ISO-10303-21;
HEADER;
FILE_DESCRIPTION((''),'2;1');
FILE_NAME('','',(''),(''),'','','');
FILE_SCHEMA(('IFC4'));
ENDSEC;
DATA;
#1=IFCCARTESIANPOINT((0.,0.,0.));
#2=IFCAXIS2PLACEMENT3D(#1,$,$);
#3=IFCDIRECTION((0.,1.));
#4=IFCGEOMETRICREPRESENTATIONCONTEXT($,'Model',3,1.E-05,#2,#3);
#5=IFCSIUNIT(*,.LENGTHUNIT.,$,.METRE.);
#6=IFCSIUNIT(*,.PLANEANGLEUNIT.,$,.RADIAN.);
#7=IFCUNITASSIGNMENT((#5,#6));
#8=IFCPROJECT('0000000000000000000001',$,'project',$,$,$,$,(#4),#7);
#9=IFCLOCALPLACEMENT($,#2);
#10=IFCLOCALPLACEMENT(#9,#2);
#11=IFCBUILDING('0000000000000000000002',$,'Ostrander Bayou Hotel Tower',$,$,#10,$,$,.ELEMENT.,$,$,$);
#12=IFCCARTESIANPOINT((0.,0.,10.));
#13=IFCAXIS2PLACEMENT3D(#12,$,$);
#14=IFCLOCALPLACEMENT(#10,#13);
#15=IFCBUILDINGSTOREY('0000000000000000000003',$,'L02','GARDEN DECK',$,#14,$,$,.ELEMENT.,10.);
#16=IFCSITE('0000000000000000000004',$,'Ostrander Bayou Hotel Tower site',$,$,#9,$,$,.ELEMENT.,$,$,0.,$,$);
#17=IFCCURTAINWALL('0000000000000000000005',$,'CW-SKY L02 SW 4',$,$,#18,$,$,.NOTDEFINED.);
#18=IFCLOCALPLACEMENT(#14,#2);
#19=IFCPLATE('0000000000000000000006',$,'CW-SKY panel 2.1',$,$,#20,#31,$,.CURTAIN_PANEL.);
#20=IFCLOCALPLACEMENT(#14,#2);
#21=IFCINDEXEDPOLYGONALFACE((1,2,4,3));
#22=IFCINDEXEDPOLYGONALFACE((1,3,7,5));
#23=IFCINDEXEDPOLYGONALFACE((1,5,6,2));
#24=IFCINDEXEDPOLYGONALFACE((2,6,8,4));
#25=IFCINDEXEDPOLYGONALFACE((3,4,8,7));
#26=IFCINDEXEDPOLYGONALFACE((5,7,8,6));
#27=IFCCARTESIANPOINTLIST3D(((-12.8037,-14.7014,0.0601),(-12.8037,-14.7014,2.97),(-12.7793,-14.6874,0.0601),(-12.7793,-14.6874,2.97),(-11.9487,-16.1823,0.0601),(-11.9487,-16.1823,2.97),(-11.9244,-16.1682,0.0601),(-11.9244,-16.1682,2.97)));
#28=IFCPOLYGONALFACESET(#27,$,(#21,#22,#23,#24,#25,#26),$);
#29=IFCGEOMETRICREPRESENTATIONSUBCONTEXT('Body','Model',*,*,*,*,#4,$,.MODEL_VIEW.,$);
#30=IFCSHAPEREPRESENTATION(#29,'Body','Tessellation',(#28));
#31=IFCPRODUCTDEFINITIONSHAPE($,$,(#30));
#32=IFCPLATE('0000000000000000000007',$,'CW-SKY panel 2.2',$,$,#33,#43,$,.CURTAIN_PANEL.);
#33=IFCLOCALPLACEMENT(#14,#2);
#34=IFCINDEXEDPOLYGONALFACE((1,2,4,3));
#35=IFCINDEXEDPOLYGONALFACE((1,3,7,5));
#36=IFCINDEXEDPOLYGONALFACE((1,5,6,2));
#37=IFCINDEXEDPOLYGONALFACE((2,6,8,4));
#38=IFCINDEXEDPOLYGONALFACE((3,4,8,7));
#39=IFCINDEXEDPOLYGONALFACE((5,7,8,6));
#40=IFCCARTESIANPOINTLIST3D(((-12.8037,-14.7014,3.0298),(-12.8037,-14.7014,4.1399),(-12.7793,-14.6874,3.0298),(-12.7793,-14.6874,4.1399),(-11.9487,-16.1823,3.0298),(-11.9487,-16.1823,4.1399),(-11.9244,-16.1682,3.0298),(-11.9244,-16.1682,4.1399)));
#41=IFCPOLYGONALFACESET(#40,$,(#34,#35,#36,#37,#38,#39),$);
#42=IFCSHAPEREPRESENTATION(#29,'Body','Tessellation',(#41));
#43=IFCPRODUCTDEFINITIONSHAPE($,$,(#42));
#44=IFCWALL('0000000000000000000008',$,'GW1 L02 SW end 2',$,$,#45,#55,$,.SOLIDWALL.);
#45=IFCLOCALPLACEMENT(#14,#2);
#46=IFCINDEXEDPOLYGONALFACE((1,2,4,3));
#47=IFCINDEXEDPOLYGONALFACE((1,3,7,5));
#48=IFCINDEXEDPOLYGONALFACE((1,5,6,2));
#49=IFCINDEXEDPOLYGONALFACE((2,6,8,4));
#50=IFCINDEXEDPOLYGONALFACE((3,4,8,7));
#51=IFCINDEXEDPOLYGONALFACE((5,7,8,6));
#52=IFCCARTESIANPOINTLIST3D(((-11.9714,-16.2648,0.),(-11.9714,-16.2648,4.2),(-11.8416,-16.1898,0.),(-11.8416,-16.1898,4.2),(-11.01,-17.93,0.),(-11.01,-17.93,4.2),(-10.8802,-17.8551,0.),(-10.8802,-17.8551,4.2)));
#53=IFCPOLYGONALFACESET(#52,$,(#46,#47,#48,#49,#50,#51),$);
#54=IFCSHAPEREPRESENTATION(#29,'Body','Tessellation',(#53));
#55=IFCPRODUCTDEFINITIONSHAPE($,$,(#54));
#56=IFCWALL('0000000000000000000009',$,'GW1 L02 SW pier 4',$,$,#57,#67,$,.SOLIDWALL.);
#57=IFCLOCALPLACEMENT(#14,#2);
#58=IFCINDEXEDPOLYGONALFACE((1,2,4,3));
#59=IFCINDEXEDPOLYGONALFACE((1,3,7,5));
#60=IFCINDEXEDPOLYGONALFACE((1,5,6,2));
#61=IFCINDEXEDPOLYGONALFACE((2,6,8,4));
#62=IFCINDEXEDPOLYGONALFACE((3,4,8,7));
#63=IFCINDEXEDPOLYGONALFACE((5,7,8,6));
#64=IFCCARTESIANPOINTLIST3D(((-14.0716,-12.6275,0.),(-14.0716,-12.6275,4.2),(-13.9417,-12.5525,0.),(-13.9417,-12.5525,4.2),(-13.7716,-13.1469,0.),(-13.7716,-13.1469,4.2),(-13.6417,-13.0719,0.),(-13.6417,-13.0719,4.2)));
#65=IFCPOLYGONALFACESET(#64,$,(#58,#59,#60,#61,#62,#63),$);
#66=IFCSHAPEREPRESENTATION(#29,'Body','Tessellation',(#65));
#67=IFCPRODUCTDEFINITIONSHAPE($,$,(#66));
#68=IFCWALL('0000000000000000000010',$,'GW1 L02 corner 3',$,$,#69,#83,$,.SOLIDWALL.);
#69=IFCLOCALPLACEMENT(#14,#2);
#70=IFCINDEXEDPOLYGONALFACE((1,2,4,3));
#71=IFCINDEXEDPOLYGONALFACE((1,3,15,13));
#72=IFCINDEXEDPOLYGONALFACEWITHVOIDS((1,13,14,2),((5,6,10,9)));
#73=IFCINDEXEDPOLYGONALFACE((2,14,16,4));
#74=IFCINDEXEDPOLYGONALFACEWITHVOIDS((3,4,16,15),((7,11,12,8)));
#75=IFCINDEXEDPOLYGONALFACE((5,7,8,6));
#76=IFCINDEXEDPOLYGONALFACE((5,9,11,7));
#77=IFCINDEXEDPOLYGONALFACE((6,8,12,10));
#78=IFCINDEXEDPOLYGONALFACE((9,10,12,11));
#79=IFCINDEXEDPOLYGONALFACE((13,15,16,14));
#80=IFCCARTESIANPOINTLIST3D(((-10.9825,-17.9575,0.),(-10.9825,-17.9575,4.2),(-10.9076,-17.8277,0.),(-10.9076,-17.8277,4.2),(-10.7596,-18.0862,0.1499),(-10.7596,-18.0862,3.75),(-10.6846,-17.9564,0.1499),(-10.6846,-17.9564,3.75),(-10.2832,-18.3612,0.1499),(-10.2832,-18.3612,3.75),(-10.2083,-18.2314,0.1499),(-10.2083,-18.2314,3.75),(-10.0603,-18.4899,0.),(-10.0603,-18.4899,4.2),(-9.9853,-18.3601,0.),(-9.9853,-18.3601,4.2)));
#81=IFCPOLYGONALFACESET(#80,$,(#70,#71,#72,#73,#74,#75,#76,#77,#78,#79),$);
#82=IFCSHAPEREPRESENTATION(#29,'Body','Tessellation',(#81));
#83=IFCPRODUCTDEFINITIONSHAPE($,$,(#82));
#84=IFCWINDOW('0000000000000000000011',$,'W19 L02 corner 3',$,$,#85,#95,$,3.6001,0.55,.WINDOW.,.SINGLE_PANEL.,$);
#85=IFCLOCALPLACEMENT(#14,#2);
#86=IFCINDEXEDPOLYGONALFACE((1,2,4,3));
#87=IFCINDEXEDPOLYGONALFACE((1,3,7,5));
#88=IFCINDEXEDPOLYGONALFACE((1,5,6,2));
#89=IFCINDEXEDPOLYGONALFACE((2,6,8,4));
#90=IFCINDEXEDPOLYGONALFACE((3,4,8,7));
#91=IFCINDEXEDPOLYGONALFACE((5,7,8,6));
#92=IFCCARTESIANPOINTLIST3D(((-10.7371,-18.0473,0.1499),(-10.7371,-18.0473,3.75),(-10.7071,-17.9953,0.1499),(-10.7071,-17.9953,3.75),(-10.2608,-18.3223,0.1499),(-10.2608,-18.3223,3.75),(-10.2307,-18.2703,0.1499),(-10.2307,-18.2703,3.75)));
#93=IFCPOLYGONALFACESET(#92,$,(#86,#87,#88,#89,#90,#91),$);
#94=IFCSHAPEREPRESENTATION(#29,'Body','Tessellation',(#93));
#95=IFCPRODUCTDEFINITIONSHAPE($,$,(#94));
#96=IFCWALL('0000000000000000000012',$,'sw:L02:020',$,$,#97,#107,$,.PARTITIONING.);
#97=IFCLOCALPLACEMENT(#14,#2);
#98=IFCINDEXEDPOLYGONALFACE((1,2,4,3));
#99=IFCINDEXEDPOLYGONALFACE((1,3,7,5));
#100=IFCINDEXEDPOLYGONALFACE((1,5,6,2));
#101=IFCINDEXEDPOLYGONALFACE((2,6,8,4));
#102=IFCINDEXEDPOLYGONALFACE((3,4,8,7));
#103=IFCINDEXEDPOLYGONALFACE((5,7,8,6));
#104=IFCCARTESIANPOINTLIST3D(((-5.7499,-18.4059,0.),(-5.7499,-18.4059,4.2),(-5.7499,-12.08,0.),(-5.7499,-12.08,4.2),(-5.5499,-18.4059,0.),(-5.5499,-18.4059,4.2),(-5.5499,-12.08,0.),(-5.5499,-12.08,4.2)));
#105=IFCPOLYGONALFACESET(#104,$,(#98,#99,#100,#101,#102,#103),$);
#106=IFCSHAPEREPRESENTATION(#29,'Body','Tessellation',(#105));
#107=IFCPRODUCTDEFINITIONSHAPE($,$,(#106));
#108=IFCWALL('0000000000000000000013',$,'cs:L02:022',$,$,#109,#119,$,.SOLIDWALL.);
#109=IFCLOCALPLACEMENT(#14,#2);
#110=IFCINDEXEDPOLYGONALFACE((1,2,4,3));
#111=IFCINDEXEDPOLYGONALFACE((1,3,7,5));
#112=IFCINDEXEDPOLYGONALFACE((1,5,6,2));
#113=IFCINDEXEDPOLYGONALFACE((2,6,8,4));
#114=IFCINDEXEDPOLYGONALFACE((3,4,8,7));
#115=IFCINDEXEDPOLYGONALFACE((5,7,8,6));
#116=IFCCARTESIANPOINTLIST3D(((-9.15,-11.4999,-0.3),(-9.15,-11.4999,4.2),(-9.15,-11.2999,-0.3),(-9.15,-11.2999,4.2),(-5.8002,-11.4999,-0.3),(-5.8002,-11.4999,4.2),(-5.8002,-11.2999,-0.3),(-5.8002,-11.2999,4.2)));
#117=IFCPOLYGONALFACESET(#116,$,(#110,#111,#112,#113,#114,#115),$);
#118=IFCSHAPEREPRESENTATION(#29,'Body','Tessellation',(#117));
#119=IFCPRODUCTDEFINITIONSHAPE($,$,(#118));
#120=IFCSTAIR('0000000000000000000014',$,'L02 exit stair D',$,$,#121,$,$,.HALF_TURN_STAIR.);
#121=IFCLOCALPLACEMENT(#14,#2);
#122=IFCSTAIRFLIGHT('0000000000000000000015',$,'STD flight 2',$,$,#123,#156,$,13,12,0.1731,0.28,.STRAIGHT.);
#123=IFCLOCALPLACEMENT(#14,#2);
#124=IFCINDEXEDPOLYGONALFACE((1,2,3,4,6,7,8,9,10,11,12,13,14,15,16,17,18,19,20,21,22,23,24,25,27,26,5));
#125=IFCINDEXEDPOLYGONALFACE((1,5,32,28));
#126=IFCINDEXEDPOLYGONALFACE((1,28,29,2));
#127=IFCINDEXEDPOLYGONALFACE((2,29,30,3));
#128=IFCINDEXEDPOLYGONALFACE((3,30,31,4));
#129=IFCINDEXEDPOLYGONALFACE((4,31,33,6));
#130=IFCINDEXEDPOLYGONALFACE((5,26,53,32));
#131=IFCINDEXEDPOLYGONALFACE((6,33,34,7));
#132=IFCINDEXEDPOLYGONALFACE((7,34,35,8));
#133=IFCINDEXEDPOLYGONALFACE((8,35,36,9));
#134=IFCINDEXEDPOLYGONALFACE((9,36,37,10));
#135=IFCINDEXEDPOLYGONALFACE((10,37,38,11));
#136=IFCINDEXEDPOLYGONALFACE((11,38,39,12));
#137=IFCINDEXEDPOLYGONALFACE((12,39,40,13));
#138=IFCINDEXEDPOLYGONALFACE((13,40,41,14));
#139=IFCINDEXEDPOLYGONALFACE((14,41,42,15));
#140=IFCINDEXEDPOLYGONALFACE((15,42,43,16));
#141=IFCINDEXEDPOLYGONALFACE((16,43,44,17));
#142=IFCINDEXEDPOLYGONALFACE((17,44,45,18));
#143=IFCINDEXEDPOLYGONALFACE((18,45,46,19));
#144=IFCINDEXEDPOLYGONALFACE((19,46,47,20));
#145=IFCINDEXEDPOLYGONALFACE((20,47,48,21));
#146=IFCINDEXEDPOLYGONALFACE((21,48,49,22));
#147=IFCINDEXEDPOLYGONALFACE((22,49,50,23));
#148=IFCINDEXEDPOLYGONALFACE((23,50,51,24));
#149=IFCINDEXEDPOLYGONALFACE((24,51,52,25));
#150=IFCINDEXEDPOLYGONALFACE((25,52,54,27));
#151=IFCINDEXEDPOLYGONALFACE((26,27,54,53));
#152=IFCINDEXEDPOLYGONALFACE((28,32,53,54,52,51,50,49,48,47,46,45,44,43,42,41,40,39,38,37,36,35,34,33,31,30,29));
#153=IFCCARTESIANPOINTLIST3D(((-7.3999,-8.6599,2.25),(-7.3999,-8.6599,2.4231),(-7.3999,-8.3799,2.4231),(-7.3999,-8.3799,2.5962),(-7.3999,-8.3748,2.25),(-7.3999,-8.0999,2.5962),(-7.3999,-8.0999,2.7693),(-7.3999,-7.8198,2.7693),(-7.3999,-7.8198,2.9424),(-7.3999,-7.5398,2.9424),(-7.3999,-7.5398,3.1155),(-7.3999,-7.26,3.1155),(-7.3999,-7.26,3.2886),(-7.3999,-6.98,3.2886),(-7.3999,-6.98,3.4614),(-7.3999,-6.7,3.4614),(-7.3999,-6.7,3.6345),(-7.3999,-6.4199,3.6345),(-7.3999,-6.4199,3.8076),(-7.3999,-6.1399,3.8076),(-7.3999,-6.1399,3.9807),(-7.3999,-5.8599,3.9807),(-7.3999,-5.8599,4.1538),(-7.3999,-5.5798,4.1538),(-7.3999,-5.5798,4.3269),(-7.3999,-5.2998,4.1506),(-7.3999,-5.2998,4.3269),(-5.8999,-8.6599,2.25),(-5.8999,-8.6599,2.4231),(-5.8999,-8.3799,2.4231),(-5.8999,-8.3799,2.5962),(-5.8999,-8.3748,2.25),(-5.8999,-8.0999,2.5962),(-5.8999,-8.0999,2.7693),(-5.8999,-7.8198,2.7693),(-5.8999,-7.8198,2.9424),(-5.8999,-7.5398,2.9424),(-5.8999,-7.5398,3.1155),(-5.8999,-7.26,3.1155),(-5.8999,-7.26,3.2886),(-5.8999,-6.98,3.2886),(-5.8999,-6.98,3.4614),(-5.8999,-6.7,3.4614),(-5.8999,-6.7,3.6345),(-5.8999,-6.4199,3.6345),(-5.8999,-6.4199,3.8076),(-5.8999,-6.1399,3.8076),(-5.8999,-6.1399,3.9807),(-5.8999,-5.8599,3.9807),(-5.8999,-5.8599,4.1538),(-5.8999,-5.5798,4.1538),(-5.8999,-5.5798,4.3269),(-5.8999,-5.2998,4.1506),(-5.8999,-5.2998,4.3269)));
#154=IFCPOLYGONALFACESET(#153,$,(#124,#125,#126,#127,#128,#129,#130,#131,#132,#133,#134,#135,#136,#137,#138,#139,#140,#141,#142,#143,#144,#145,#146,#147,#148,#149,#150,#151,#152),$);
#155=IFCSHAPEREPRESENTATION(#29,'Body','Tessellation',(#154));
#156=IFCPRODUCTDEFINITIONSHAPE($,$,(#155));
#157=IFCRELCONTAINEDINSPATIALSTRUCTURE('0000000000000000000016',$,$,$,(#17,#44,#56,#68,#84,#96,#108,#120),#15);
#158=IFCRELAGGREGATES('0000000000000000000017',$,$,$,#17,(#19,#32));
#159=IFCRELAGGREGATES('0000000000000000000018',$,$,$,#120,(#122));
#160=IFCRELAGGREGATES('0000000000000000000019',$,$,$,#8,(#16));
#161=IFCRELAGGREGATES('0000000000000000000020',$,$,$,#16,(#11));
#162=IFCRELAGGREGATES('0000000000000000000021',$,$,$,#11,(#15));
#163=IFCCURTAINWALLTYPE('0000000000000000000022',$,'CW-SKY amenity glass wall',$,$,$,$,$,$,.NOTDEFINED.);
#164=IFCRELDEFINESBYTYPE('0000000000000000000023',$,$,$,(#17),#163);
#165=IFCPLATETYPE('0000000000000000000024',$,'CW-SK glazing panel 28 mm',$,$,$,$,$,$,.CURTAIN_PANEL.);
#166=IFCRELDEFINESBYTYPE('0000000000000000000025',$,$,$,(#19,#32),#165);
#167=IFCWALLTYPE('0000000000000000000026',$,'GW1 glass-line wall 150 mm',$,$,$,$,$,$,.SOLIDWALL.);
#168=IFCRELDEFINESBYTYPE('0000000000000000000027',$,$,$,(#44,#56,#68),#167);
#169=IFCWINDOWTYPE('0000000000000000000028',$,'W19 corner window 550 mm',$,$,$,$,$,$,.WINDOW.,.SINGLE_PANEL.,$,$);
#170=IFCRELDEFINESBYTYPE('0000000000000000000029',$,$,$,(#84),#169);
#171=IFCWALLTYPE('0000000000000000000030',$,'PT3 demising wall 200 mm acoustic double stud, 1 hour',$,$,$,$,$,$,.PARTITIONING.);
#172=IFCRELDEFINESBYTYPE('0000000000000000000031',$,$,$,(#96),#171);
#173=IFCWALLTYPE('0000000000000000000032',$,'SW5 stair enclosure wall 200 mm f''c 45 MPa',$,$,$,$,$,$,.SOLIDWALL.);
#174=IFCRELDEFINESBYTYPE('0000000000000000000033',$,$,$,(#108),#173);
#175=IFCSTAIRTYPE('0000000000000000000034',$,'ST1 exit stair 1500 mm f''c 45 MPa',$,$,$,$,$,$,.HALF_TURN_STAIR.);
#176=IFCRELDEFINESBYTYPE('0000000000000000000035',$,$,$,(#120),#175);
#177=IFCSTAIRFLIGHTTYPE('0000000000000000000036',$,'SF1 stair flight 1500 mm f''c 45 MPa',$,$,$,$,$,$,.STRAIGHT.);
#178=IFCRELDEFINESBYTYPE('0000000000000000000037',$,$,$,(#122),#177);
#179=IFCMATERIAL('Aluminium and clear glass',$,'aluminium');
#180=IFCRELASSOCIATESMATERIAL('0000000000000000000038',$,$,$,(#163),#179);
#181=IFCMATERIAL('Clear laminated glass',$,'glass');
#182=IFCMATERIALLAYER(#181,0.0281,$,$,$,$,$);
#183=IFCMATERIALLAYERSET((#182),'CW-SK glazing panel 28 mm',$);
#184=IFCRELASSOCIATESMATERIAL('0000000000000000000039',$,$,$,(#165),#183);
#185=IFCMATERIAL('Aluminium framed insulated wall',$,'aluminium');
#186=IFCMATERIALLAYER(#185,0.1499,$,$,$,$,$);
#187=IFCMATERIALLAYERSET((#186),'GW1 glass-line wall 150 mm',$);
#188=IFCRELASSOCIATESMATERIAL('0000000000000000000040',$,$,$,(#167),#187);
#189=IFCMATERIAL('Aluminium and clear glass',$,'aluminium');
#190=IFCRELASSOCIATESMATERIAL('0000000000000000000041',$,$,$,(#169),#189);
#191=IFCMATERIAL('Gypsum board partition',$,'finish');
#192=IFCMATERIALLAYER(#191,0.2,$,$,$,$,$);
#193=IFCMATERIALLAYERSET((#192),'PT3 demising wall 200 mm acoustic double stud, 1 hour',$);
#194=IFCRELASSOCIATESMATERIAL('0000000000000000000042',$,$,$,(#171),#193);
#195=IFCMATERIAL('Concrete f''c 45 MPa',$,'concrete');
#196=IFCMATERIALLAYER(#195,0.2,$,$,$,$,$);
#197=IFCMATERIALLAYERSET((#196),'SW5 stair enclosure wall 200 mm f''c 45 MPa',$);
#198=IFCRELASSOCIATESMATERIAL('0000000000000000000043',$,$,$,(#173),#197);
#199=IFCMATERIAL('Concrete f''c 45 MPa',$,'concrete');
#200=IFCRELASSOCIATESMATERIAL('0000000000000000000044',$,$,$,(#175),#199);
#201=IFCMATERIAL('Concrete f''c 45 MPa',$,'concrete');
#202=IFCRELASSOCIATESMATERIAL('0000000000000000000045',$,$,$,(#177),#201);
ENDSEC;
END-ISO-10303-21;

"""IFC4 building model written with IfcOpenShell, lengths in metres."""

from ifc_helpers import new_model, si_unit, direction, frame, frame_2d, origin, origin_2d, place, context, subcontext, project, spatial, polyline, rectangle, outline, extrude, material, layer, layer_set, type_object, element, fill, aggregate, save


model = new_model("IFC4")

# Units and contexts
model_context = context("Model", 3, precision=1e-05, world=origin(), true_north=direction((0.0, 1.0)))
body_context = subcontext(model_context, "Body", "Model", "MODEL_VIEW")
ifc_project = project(units=[si_unit("LENGTHUNIT", "METRE"), si_unit("PLANEANGLEUNIT", "RADIAN")], contexts=[model_context])

# Site, building, storey
site_placement = place(None, origin())
site = spatial("IfcSite", under=ifc_project, at=site_placement, Name="Ostrander Bayou Hotel Tower site", CompositionType="ELEMENT", RefElevation=0.0)
building_placement = place(site_placement, origin())
building = spatial("IfcBuilding", under=site, at=building_placement, Name="Ostrander Bayou Hotel Tower", CompositionType="ELEMENT")
storey_placement = place(building_placement, frame((0.0, 0.0, 10.0)))
storey = spatial("IfcBuildingStorey", under=building, at=storey_placement, Name="L02", Description="GARDEN DECK", CompositionType="ELEMENT", Elevation=10.0)

# Curtain wall, plates
ifc_material_1 = material(Name="Aluminium and clear glass", Category="aluminium")
curtain_wall_type = type_object("IfcCurtainWallType", Name="CW-SKY amenity glass wall", PredefinedType="NOTDEFINED", material=ifc_material_1)
curtain_wall_placement = place(storey_placement, origin())
curtain_wall = element("IfcCurtainWall", 1, at=curtain_wall_placement, inside=storey, type_object=curtain_wall_type, Name="CW-SKY L02 SW 4", PredefinedType="NOTDEFINED")
ifc_material_2 = material(Name="Clear laminated glass", Category="glass")
ifc_layer_1 = layer(ifc_material_2, 0.0281)
ifc_layer_set_1 = layer_set([ifc_layer_1], Name="CW-SK glazing panel 28 mm")
plate_type = type_object("IfcPlateType", Name="CW-SK glazing panel 28 mm", PredefinedType="CURTAIN_PANEL", material=ifc_layer_set_1)
plate_1_placement = place(storey_placement, frame((-12.364, -15.4348, 0.0601), z_axis=(0.0, 0.0, 1.0), x_axis=(0.499999, -0.866026, 0.0)))
plate_1 = element("IfcPlate", 2, at=plate_1_placement, type_object=plate_type, Name="CW-SKY panel 2.1", PredefinedType="CURTAIN_PANEL", context=body_context, shape_type="SweptSolid", body=[
    extrude(rectangle(XDim=1.71, YDim=0.0281, at=origin_2d()), origin(), (0.0, 0.0, 1.0), 2.9099),
])
plate_2_placement = place(storey_placement, frame((-12.364, -15.4348, 3.0298), z_axis=(0.0, 0.0, 1.0), x_axis=(0.499999, -0.866026, 0.0)))
plate_2 = element("IfcPlate", 3, at=plate_2_placement, type_object=plate_type, Name="CW-SKY panel 2.2", PredefinedType="CURTAIN_PANEL", context=body_context, shape_type="SweptSolid", body=[
    extrude(rectangle(XDim=1.71, YDim=0.0281, at=origin_2d()), origin(), (0.0, 0.0, 1.0), 1.1101),
])
aggregate(curtain_wall, [plate_1, plate_2])

# Walls
ifc_material_3 = material(Name="Aluminium framed insulated wall", Category="aluminium")
ifc_layer_2 = layer(ifc_material_3, 0.1499)
ifc_layer_set_2 = layer_set([ifc_layer_2], Name="GW1 glass-line wall 150 mm")
wall_type_1 = type_object("IfcWallType", Name="GW1 glass-line wall 150 mm", PredefinedType="SOLIDWALL", material=ifc_layer_set_2)
wall_1_placement = place(storey_placement, frame((-11.9065, -16.2273, 0.0), z_axis=(0.0, 0.0, 1.0), x_axis=(0.49999, -0.866031, 0.0)))
element("IfcWall", 4, at=wall_1_placement, inside=storey, type_object=wall_type_1, Name="GW1 L02 SW end 2", PredefinedType="SOLIDWALL", context=body_context, shape_type="SweptSolid", body=[
    extrude(rectangle(XDim=1.9229, YDim=0.1499, at=frame_2d((0.9614, 0.0))), origin(), (0.0, 0.0, 1.0), 4.2),
])
wall_2_placement = place(storey_placement, frame((-14.0066, -12.5901, 0.0), z_axis=(0.0, 0.0, 1.0), x_axis=(0.500122, -0.865955, 0.0)))
element("IfcWall", 5, at=wall_2_placement, inside=storey, type_object=wall_type_1, Name="GW1 L02 SW pier 4", PredefinedType="SOLIDWALL", context=body_context, shape_type="SweptSolid", body=[
    extrude(rectangle(XDim=0.5999, YDim=0.1499, at=frame_2d((0.2998, 0.0))), origin(), (0.0, 0.0, 1.0), 4.2),
])

# Wall, opening, window
wall_3_placement = place(storey_placement, frame((-10.9451, -17.8926, 0.0), z_axis=(0.0, 0.0, 1.0), x_axis=(0.866048, -0.499961, 0.0)))
wall_3 = element("IfcWall", 6, at=wall_3_placement, inside=storey, type_object=wall_type_1, Name="GW1 L02 corner 3", PredefinedType="SOLIDWALL", context=body_context, shape_type="SweptSolid", body=[
    extrude(rectangle(XDim=1.0649, YDim=0.1499, at=frame_2d((0.5325, 0.0))), origin(), (0.0, 0.0, 1.0), 4.2),
])
opening_1_placement = place(wall_3_placement, frame((0.2576, 0.0, 0.1499)))
opening_1 = element("IfcOpeningElement", 7, at=opening_1_placement, cuts=wall_3, PredefinedType="OPENING", context=body_context, shape_type="SweptSolid", body=[
    extrude(rectangle(XDim=0.55, YDim=3.6001, at=frame_2d((0.2749, 1.8))), frame((0.0, 0.075, 0.0), z_axis=(0.0, -1.0, 0.0), x_axis=(1.0, 0.0, 0.0)), (0.0, 0.0, 1.0), 0.1499),
])
ifc_material_4 = material(Name="Aluminium and clear glass", Category="aluminium")
window_type = type_object("IfcWindowType", Name="W19 corner window 550 mm", PartitioningType="SINGLE_PANEL", PredefinedType="WINDOW", material=ifc_material_4)
window_placement = place(opening_1_placement, origin())
window = element("IfcWindow", 8, at=window_placement, inside=storey, type_object=window_type, Name="W19 L02 corner 3", OverallHeight=3.6001, OverallWidth=0.55, PartitioningType="SINGLE_PANEL", PredefinedType="WINDOW", context=body_context, shape_type="SweptSolid", body=[
    extrude(rectangle(XDim=0.55, YDim=3.6001, at=frame_2d((0.2749, 1.8))), frame((0.0, 0.03, 0.0), z_axis=(0.0, -1.0, 0.0), x_axis=(1.0, 0.0, 0.0)), (0.0, 0.0, 1.0), 0.0601),
])
fill(opening_1, window)

# Shared definitions
ifc_material_5 = material(Name="Gypsum board partition", Category="finish")
ifc_layer_3 = layer(ifc_material_5, 0.2)
ifc_layer_set_3 = layer_set([ifc_layer_3], Name="PT3 demising wall 200 mm acoustic double stud, 1 hour")
wall_type_2 = type_object("IfcWallType", Name="PT3 demising wall 200 mm acoustic double stud, 1 hour", PredefinedType="PARTITIONING", material=ifc_layer_set_3)

# Walls
wall_4_placement = place(storey_placement, frame((-5.6499, -18.406, 0.0), z_axis=(0.0, 0.0, 1.0), x_axis=(0.0, 1.0, 0.0)))
element("IfcWall", 9, at=wall_4_placement, inside=storey, type_object=wall_type_2, Name="sw:L02:020", PredefinedType="PARTITIONING", context=body_context, shape_type="SweptSolid", body=[
    extrude(rectangle(XDim=6.3259, YDim=0.2, at=frame_2d((3.1631, 0.0))), origin(), (0.0, 0.0, 1.0), 4.2),
])
ifc_material_6 = material(Name="Concrete f'c 45 MPa", Category="concrete")
ifc_layer_4 = layer(ifc_material_6, 0.2)
ifc_layer_set_4 = layer_set([ifc_layer_4], Name="SW5 stair enclosure wall 200 mm f'c 45 MPa")
wall_type_3 = type_object("IfcWallType", Name="SW5 stair enclosure wall 200 mm f'c 45 MPa", PredefinedType="SOLIDWALL", material=ifc_layer_set_4)
wall_5_placement = place(storey_placement, frame((-9.1499, -11.3999, -0.3), z_axis=(0.0, 0.0, 1.0), x_axis=(1.0, 0.0, 0.0)))
element("IfcWall", 10, at=wall_5_placement, inside=storey, type_object=wall_type_3, Name="cs:L02:022", PredefinedType="SOLIDWALL", context=body_context, shape_type="SweptSolid", body=[
    extrude(rectangle(XDim=3.3499, YDim=0.2, at=frame_2d((1.6748, 0.0))), origin(), (0.0, 0.0, 1.0), 4.5),
])

# Stair, stair flight
ifc_material_7 = material(Name="Concrete f'c 45 MPa", Category="concrete")
stair_type = type_object("IfcStairType", Name="ST1 exit stair 1500 mm f'c 45 MPa", PredefinedType="HALF_TURN_STAIR", material=ifc_material_7)
stair_placement = place(storey_placement, origin())
stair = element("IfcStair", 11, at=stair_placement, inside=storey, type_object=stair_type, Name="L02 exit stair D", PredefinedType="HALF_TURN_STAIR")
ifc_material_8 = material(Name="Concrete f'c 45 MPa", Category="concrete")
stair_flight_type = type_object("IfcStairFlightType", Name="SF1 stair flight 1500 mm f'c 45 MPa", PredefinedType="STRAIGHT", material=ifc_material_8)
stair_flight_placement = place(storey_placement, frame((-6.6499, -8.6599, 2.25), z_axis=(0.0, 0.0, 1.0), x_axis=(0.0, 1.0, 0.0)))
stair_flight = element("IfcStairFlight", 12, at=stair_flight_placement, type_object=stair_flight_type, Name="STD flight 2", NumberOfRisers=13, NumberOfTreads=12, PredefinedType="STRAIGHT", RiserHeight=0.1731, TreadLength=0.28, context=body_context, shape_type="SweptSolid", body=[
    extrude(outline(polyline([(0.0, 0.0), (0.0, 0.1731), (0.28, 0.1731), (0.28, 0.3462), (0.5601, 0.3462), (0.5601, 0.5193), (0.8401, 0.5193), (0.8401, 0.6924), (1.1201, 0.6924), (1.1201, 0.8655), (1.3999, 0.8655), (1.3999, 1.0386), (1.6799, 1.0386), (1.6799, 1.2114), (1.96, 1.2114), (1.96, 1.3845), (2.24, 1.3845), (2.24, 1.5576), (2.52, 1.5576), (2.52, 1.7307), (2.8, 1.7307), (2.8, 1.9038), (3.0801, 1.9038), (3.0801, 2.0769), (3.3601, 2.0769), (3.3601, 2.25), (3.3601, 1.9006), (0.2852, 0.0), (0.0, 0.0)])), frame((0.0, 0.75, 0.0), z_axis=(0.0, -1.0, 0.0), x_axis=(1.0, 0.0, 0.0)), (0.0, 0.0, 1.0), 1.5),
])
aggregate(stair, [stair_flight])

save(model, "model.ifc")
